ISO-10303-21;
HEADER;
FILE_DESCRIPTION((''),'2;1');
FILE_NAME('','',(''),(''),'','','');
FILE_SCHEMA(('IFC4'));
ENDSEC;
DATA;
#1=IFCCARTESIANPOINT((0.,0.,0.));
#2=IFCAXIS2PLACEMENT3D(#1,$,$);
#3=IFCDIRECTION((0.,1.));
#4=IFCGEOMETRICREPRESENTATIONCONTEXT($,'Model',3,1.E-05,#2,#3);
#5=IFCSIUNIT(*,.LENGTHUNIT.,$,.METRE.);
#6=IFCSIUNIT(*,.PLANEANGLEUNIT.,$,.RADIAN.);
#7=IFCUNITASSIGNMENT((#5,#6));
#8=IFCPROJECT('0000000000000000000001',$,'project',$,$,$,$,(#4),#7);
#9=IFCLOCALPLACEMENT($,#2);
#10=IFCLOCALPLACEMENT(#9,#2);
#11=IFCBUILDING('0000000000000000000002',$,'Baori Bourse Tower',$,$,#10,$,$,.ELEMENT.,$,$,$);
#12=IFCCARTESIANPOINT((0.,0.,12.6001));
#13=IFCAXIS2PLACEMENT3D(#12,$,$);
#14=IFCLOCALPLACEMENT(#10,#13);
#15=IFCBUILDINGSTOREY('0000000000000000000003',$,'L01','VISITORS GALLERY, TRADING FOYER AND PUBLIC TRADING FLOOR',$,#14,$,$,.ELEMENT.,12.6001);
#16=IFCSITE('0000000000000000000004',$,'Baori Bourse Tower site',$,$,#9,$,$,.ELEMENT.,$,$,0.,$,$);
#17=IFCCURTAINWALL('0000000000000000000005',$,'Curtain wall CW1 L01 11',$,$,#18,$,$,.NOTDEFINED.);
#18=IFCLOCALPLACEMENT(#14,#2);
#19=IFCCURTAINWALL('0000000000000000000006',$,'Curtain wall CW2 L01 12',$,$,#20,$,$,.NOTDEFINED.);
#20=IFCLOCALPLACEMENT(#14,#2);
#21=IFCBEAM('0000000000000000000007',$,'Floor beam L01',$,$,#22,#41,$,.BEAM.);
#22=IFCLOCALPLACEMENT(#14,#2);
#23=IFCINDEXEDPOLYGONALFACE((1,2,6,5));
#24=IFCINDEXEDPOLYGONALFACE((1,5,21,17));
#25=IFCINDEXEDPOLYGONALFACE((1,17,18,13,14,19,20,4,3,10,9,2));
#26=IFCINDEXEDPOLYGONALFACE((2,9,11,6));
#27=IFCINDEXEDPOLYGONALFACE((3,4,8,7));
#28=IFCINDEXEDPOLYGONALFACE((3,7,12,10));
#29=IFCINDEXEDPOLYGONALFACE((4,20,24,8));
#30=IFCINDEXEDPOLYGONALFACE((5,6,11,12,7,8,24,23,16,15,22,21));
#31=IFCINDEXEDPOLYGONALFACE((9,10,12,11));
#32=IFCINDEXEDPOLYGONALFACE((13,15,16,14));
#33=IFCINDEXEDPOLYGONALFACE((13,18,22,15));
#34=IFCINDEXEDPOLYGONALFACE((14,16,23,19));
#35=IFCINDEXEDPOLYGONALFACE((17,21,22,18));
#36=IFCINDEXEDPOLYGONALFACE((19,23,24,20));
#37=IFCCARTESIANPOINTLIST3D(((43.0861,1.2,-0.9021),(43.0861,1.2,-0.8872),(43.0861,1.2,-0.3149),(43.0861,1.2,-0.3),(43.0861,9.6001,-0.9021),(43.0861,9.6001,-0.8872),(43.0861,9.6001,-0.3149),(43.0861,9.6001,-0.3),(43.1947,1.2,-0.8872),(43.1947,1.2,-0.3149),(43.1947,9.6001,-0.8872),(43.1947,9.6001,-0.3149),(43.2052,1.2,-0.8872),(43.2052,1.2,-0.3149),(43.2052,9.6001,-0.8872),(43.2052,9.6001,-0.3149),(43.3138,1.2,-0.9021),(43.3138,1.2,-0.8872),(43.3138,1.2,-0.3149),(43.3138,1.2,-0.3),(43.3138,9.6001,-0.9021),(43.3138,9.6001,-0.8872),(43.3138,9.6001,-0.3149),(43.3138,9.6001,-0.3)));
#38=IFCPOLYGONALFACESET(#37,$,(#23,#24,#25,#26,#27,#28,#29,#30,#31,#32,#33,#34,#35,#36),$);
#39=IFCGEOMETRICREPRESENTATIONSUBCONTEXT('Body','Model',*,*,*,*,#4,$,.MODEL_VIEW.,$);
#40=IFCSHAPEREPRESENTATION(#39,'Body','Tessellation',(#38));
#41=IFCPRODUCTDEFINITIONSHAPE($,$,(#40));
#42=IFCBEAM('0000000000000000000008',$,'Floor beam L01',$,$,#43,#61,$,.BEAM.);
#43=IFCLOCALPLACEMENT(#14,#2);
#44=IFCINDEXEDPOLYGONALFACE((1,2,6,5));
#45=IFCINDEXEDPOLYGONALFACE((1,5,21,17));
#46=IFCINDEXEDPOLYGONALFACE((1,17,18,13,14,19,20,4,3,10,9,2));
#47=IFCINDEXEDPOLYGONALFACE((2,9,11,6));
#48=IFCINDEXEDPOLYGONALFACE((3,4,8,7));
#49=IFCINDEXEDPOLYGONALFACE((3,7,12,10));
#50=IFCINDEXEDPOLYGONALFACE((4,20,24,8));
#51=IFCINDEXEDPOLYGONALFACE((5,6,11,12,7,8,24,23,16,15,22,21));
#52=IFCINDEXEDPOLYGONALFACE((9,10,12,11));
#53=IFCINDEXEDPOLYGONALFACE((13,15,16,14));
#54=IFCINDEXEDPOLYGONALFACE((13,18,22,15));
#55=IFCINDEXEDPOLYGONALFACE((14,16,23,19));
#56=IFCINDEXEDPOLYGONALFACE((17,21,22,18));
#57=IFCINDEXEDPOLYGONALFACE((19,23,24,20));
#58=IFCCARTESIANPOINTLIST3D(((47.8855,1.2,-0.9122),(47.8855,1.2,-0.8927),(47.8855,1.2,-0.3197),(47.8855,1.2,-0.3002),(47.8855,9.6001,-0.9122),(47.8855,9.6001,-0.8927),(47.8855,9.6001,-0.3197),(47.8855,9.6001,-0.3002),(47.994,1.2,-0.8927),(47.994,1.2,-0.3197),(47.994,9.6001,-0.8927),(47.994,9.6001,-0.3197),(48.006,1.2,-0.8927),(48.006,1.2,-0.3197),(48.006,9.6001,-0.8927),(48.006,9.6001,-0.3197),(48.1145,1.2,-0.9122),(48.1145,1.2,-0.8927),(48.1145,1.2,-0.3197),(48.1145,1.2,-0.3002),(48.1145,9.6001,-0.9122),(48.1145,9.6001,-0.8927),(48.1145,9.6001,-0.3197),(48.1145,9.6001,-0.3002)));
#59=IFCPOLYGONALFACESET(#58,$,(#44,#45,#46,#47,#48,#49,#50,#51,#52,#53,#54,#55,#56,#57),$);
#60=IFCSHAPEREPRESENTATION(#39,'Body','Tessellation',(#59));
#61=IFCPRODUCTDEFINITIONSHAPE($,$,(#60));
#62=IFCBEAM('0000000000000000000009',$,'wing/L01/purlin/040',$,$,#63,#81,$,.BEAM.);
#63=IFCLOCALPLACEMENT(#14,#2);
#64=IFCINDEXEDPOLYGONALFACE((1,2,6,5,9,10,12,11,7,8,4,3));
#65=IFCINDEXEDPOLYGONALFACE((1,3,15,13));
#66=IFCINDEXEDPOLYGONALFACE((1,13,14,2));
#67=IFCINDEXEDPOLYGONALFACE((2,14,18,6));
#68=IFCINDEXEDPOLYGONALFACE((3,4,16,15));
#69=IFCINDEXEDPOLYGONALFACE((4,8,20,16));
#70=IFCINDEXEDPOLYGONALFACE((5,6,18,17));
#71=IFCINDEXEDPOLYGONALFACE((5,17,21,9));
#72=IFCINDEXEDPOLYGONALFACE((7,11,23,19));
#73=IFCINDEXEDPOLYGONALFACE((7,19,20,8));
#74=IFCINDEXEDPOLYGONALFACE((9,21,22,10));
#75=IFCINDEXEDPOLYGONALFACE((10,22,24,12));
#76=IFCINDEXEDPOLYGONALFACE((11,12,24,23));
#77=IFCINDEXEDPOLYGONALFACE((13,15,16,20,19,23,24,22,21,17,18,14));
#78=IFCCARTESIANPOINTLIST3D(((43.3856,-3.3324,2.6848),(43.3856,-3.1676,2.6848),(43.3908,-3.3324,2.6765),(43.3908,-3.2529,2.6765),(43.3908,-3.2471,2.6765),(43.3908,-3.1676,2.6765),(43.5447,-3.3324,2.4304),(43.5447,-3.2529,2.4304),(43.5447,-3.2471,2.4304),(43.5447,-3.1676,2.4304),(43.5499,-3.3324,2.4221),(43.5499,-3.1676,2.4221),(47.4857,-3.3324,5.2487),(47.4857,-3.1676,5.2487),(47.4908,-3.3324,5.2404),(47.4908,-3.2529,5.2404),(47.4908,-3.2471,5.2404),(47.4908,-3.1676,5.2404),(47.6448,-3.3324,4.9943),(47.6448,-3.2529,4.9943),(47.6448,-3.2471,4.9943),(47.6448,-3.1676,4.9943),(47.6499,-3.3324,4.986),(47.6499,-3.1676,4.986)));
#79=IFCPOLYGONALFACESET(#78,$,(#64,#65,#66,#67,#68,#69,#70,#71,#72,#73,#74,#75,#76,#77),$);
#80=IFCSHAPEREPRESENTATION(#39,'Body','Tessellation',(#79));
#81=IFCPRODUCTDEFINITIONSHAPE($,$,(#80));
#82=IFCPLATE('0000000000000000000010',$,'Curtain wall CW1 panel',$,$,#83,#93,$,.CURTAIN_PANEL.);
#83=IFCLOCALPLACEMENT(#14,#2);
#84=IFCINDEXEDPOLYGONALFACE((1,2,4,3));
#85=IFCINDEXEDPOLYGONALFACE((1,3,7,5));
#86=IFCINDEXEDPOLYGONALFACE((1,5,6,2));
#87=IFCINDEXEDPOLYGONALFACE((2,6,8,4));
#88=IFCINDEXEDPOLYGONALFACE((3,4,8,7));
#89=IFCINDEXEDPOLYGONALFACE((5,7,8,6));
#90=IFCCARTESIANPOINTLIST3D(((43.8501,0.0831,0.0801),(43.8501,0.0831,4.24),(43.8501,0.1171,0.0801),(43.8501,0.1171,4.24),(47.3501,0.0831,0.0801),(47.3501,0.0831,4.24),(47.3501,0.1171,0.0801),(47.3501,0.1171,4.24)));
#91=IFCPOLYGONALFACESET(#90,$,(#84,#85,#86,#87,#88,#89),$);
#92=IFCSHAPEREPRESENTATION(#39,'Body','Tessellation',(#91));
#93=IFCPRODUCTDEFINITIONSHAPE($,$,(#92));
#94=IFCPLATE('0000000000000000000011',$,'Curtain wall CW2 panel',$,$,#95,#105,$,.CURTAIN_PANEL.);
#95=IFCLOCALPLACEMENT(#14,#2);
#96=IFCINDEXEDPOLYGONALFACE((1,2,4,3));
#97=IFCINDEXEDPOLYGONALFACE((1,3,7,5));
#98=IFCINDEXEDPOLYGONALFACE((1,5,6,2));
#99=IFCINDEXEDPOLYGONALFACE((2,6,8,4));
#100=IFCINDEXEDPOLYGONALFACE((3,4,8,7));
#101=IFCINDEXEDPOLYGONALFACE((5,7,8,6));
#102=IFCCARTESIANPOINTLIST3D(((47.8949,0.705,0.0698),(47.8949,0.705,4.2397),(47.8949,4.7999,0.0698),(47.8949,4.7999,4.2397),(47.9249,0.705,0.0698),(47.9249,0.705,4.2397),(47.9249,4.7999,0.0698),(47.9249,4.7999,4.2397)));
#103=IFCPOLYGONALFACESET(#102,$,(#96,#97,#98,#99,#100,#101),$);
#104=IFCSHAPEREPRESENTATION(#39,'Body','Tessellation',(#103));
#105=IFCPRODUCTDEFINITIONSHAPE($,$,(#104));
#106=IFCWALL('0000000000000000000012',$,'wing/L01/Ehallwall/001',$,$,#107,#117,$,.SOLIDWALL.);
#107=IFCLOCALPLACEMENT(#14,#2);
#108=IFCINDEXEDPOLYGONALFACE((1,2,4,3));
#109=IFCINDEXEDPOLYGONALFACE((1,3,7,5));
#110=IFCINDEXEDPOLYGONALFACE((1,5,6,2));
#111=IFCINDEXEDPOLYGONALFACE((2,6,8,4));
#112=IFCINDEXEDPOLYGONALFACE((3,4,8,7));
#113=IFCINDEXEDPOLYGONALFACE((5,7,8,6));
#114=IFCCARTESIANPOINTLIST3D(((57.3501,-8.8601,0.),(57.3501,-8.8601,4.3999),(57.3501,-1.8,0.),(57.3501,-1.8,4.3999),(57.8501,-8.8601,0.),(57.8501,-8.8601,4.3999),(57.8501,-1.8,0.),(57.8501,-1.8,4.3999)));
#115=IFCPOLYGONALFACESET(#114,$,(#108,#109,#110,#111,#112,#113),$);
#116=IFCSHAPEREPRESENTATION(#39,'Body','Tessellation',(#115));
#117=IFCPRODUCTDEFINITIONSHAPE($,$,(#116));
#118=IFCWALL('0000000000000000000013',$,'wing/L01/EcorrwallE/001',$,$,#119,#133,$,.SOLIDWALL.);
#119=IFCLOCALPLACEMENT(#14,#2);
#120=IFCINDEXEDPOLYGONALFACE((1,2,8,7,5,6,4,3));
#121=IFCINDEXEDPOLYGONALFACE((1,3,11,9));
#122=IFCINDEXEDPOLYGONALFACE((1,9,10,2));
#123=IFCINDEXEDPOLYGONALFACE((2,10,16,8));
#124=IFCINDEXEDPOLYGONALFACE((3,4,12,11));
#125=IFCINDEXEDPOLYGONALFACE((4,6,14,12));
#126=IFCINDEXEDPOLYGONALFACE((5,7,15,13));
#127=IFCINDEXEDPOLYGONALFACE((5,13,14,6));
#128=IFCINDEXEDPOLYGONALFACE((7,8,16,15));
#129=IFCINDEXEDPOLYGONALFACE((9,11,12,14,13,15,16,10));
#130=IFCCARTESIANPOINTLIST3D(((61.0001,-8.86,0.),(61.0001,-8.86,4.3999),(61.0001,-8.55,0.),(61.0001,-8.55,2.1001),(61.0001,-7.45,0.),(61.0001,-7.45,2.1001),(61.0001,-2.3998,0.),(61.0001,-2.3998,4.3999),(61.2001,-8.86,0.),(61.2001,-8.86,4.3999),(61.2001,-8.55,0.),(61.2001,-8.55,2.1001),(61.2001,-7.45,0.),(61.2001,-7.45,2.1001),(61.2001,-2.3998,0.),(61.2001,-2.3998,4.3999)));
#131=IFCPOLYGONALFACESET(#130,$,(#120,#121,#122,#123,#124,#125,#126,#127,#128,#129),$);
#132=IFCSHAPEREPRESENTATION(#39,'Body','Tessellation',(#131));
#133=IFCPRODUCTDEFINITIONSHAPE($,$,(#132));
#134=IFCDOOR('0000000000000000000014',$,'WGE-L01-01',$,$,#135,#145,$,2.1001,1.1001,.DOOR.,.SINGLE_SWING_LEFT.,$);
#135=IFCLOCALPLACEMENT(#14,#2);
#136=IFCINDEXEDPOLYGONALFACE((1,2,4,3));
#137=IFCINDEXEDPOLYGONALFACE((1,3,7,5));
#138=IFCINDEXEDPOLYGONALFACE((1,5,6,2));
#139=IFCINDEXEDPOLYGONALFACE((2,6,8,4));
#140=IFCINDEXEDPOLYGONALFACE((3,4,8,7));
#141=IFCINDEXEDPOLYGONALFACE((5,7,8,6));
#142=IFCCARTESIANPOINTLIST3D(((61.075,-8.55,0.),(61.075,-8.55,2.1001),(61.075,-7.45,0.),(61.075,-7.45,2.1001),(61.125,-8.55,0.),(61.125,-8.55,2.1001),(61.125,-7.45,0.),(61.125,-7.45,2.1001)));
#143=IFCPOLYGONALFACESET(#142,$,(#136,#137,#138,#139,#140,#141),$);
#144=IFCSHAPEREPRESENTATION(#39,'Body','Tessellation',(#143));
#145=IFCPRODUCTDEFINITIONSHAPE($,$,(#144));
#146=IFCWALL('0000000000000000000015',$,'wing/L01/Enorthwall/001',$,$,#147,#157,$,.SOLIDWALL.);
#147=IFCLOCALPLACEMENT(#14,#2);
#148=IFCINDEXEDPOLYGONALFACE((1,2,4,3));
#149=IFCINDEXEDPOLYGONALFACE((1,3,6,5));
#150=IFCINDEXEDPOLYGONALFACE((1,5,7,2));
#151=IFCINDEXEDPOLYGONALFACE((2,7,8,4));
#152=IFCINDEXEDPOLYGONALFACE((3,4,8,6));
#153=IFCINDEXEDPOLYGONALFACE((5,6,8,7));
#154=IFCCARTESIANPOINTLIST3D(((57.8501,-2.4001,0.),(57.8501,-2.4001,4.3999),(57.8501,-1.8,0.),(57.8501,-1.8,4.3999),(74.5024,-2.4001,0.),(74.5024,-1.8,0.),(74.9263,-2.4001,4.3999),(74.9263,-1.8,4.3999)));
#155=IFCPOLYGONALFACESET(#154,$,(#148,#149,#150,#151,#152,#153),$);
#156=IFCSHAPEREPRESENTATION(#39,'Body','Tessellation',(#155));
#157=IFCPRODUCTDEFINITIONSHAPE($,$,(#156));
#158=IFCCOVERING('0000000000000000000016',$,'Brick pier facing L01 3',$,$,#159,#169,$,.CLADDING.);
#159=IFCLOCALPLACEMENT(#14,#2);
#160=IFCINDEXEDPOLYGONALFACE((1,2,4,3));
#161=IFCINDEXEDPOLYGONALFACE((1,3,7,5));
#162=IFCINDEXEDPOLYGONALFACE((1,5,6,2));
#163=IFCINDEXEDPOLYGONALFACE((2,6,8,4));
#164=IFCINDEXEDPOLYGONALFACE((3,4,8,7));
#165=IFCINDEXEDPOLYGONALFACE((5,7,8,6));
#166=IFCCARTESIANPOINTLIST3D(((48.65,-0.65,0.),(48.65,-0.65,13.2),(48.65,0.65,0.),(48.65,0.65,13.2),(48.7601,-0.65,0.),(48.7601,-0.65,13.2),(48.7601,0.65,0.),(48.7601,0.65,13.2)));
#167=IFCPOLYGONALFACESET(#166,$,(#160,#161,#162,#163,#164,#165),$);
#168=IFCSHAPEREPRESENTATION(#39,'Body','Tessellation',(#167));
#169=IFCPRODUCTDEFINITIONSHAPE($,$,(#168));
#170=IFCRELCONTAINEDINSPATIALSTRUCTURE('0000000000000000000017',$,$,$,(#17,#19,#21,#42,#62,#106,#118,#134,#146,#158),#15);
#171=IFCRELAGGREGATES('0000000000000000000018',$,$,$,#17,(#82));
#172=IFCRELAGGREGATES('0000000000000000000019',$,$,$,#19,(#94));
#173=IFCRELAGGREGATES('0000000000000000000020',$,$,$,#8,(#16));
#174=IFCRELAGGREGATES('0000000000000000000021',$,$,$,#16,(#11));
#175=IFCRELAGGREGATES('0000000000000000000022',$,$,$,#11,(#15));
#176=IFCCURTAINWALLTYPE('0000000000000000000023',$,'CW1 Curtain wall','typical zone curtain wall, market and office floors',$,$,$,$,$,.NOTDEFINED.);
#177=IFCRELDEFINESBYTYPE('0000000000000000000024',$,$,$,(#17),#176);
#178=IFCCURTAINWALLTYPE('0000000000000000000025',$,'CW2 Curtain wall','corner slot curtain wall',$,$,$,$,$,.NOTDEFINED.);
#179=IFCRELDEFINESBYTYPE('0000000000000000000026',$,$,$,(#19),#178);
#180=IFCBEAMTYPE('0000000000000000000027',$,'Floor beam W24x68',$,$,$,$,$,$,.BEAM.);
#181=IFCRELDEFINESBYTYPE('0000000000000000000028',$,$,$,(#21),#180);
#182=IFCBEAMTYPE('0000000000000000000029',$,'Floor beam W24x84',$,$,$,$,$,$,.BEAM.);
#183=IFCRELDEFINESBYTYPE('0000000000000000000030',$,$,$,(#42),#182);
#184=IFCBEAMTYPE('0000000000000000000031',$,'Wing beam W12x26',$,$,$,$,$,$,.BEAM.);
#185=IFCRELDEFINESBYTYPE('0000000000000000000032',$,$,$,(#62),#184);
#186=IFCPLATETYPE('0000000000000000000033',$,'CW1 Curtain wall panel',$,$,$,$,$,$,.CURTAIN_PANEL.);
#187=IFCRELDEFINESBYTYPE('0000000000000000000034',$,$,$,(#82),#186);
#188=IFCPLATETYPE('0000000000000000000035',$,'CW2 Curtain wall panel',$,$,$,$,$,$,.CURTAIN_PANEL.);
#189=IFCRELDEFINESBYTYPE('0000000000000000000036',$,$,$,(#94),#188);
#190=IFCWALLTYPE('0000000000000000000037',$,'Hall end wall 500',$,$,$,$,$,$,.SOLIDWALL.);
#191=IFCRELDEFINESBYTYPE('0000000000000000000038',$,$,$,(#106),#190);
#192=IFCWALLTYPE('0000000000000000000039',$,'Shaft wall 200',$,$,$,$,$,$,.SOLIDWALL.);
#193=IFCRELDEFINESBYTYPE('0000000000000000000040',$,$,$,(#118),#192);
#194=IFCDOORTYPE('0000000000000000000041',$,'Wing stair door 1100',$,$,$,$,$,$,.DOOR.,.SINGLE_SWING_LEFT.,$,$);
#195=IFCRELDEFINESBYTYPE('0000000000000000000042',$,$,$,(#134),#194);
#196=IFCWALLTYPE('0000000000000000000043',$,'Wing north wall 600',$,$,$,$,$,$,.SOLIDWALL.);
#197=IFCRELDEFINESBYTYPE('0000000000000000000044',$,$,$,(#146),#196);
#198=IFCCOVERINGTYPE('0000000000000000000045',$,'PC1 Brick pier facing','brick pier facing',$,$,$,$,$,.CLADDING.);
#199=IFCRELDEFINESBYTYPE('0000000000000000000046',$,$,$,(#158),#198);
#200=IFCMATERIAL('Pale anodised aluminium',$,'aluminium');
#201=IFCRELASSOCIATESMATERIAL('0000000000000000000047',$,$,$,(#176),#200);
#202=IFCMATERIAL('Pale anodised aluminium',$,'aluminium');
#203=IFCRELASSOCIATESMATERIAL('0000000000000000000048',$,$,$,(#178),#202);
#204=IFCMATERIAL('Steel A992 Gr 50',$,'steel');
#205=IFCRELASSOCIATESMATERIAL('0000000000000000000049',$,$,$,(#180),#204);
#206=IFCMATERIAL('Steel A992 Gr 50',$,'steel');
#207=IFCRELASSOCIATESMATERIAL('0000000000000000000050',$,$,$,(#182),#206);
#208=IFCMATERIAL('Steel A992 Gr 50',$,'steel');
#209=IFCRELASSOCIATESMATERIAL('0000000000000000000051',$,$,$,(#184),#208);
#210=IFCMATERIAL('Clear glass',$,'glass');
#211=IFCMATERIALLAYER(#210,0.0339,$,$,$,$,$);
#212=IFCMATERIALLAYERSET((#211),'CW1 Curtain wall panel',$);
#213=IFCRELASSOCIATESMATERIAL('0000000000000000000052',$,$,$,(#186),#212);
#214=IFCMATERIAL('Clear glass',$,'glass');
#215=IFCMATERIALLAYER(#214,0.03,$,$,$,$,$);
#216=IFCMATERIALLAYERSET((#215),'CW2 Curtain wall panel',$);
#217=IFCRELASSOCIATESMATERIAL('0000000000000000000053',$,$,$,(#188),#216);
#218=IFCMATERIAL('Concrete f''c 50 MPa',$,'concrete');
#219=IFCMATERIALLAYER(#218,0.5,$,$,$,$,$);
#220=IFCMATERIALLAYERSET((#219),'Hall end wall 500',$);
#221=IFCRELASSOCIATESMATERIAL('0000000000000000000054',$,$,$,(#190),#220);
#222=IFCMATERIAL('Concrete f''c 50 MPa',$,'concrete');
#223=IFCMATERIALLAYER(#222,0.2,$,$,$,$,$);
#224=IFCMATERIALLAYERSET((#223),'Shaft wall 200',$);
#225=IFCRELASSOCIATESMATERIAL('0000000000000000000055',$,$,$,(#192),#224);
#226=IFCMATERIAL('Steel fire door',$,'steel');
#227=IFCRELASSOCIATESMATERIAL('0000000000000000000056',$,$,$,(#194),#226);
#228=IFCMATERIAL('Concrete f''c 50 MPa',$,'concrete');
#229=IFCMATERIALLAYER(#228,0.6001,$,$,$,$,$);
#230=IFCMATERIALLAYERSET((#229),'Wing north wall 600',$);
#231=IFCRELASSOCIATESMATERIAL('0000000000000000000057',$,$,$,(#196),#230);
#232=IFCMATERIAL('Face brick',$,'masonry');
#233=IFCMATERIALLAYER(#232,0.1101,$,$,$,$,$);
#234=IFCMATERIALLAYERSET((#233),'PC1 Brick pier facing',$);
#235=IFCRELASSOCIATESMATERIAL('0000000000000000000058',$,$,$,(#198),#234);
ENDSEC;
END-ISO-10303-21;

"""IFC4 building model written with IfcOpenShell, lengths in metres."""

from ifc_helpers import new_model, si_unit, direction, frame, frame_2d, origin, origin_2d, place, context, subcontext, project, spatial, polyline, rectangle, i_section, outline, extrude, material, layer, layer_set, material_profile, profile_set, type_object, element, fill, aggregate, save


model = new_model("IFC4")

# Units and contexts
model_context = context("Model", 3, precision=1e-05, world=origin(), true_north=direction((0.0, 1.0)))
body_context = subcontext(model_context, "Body", "Model", "MODEL_VIEW")
ifc_project = project(units=[si_unit("LENGTHUNIT", "METRE"), si_unit("PLANEANGLEUNIT", "RADIAN")], contexts=[model_context])

# Site, building, storey
site_placement = place(None, origin())
site = spatial("IfcSite", under=ifc_project, at=site_placement, Name="Baori Bourse Tower site", CompositionType="ELEMENT", RefElevation=0.0)
building_placement = place(site_placement, origin())
building = spatial("IfcBuilding", under=site, at=building_placement, Name="Baori Bourse Tower", CompositionType="ELEMENT")
storey_placement = place(building_placement, frame((0.0, 0.0, 12.6001)))
storey = spatial("IfcBuildingStorey", under=building, at=storey_placement, Name="L01", Description="VISITORS GALLERY, TRADING FOYER AND PUBLIC TRADING FLOOR", CompositionType="ELEMENT", Elevation=12.6001)

# Curtain walls
ifc_material_1 = material(Name="Pale anodised aluminium", Category="aluminium")
curtain_wall_type_1 = type_object("IfcCurtainWallType", Name="CW1 Curtain wall", Description="typical zone curtain wall, market and office floors", PredefinedType="NOTDEFINED", material=ifc_material_1)
curtain_wall_1_placement = place(storey_placement, origin())
curtain_wall_1 = element("IfcCurtainWall", 1, at=curtain_wall_1_placement, inside=storey, type_object=curtain_wall_type_1, Name="Curtain wall CW1 L01 11", PredefinedType="NOTDEFINED")
ifc_material_2 = material(Name="Pale anodised aluminium", Category="aluminium")
curtain_wall_type_2 = type_object("IfcCurtainWallType", Name="CW2 Curtain wall", Description="corner slot curtain wall", PredefinedType="NOTDEFINED", material=ifc_material_2)
curtain_wall_2_placement = place(storey_placement, origin())
curtain_wall_2 = element("IfcCurtainWall", 2, at=curtain_wall_2_placement, inside=storey, type_object=curtain_wall_type_2, Name="Curtain wall CW2 L01 12", PredefinedType="NOTDEFINED")

# Beams
ifc_material_3 = material(Name="Steel A992 Gr 50", Category="steel")
ifc_material_profile_1 = material_profile(ifc_material_3, i_section(OverallWidth=0.2278, OverallDepth=0.6021, WebThickness=0.0105, FlangeThickness=0.0149, at=origin_2d()), Name="W24x68")
ifc_profile_set_1 = profile_set([ifc_material_profile_1], Name="Steel A992 Gr 50")
beam_type_1 = type_object("IfcBeamType", Name="Floor beam W24x68", PredefinedType="BEAM", material=ifc_profile_set_1)
beam_1_placement = place(storey_placement, frame((43.2, 1.2, -0.6011), z_axis=(0.0, 1.0, 0.0), x_axis=(-1.0, 0.0, 0.0)))
element("IfcBeam", 3, at=beam_1_placement, inside=storey, type_object=beam_type_1, Name="Floor beam L01", PredefinedType="BEAM", context=body_context, shape_type="SweptSolid", body=[
    extrude(i_section(OverallWidth=0.2278, OverallDepth=0.6021, WebThickness=0.0105, FlangeThickness=0.0149, at=origin_2d()), origin(), (0.0, 0.0, 1.0), 8.4001),
])
ifc_material_4 = material(Name="Steel A992 Gr 50", Category="steel")
ifc_material_profile_2 = material_profile(ifc_material_4, i_section(OverallWidth=0.229, OverallDepth=0.6121, WebThickness=0.012, FlangeThickness=0.0195, at=origin_2d()), Name="W24x84")
ifc_profile_set_2 = profile_set([ifc_material_profile_2], Name="Steel A992 Gr 50")
beam_type_2 = type_object("IfcBeamType", Name="Floor beam W24x84", PredefinedType="BEAM", material=ifc_profile_set_2)
beam_2_placement = place(storey_placement, frame((48.0, 1.2, -0.6062), z_axis=(0.0, 1.0, 0.0), x_axis=(-1.0, 0.0, 0.0)))
element("IfcBeam", 4, at=beam_2_placement, inside=storey, type_object=beam_type_2, Name="Floor beam L01", PredefinedType="BEAM", context=body_context, shape_type="SweptSolid", body=[
    extrude(i_section(OverallWidth=0.229, OverallDepth=0.6121, WebThickness=0.012, FlangeThickness=0.0195, at=origin_2d()), origin(), (0.0, 0.0, 1.0), 8.4001),
])
ifc_material_5 = material(Name="Steel A992 Gr 50", Category="steel")
ifc_material_profile_3 = material_profile(ifc_material_5, i_section(OverallWidth=0.1648, OverallDepth=0.3098, WebThickness=0.0059, FlangeThickness=0.0098, at=origin_2d()), Name="W12x26")
ifc_profile_set_3 = profile_set([ifc_material_profile_3], Name="Steel A992 Gr 50")
beam_type_3 = type_object("IfcBeamType", Name="Wing beam W12x26", PredefinedType="BEAM", material=ifc_profile_set_3)
beam_3_placement = place(storey_placement, frame((43.4678, -3.25, 2.5535), z_axis=(0.847868, 0.0, 0.530208), x_axis=(0.0, 1.0, 0.0)))
element("IfcBeam", 5, at=beam_3_placement, inside=storey, type_object=beam_type_3, Name="wing/L01/purlin/040", PredefinedType="BEAM", context=body_context, shape_type="SweptSolid", body=[
    extrude(i_section(OverallWidth=0.1648, OverallDepth=0.3098, WebThickness=0.0059, FlangeThickness=0.0098, at=origin_2d()), origin(), (0.0, 0.0, 1.0), 4.8357),
])

# Plates
ifc_material_6 = material(Name="Clear glass", Category="glass")
ifc_layer_1 = layer(ifc_material_6, 0.0339)
ifc_layer_set_1 = layer_set([ifc_layer_1], Name="CW1 Curtain wall panel")
plate_type_1 = type_object("IfcPlateType", Name="CW1 Curtain wall panel", PredefinedType="CURTAIN_PANEL", material=ifc_layer_set_1)
plate_1_placement = place(storey_placement, frame((45.6001, 0.1001, 0.0801), z_axis=(0.0, 0.0, 1.0), x_axis=(1.0, 0.0, 0.0)))
plate_1 = element("IfcPlate", 6, at=plate_1_placement, type_object=plate_type_1, Name="Curtain wall CW1 panel", PredefinedType="CURTAIN_PANEL", context=body_context, shape_type="SweptSolid", body=[
    extrude(rectangle(XDim=3.5, YDim=0.0339, at=origin_2d()), origin(), (0.0, 0.0, 1.0), 4.1599),
])
aggregate(curtain_wall_1, [plate_1])
ifc_material_7 = material(Name="Clear glass", Category="glass")
ifc_layer_2 = layer(ifc_material_7, 0.03)
ifc_layer_set_2 = layer_set([ifc_layer_2], Name="CW2 Curtain wall panel")
plate_type_2 = type_object("IfcPlateType", Name="CW2 Curtain wall panel", PredefinedType="CURTAIN_PANEL", material=ifc_layer_set_2)
plate_2_placement = place(storey_placement, frame((47.9099, 2.7524, 0.0698), z_axis=(0.0, 0.0, 1.0), x_axis=(0.0, 1.0, 0.0)))
plate_2 = element("IfcPlate", 7, at=plate_2_placement, type_object=plate_type_2, Name="Curtain wall CW2 panel", PredefinedType="CURTAIN_PANEL", context=body_context, shape_type="SweptSolid", body=[
    extrude(rectangle(XDim=4.095, YDim=0.03, at=origin_2d()), origin(), (0.0, 0.0, 1.0), 4.1699),
])
aggregate(curtain_wall_2, [plate_2])

# Wall
ifc_material_8 = material(Name="Concrete f'c 50 MPa", Category="concrete")
ifc_layer_3 = layer(ifc_material_8, 0.5)
ifc_layer_set_3 = layer_set([ifc_layer_3], Name="Hall end wall 500")
wall_type_1 = type_object("IfcWallType", Name="Hall end wall 500", PredefinedType="SOLIDWALL", material=ifc_layer_set_3)
wall_1_placement = place(storey_placement, frame((57.6001, -1.8, 0.0), z_axis=(0.0, 0.0, 1.0), x_axis=(0.0, -1.0, 0.0)))
element("IfcWall", 8, at=wall_1_placement, inside=storey, type_object=wall_type_1, Name="wing/L01/Ehallwall/001", PredefinedType="SOLIDWALL", context=body_context, shape_type="SweptSolid", body=[
    extrude(rectangle(XDim=7.0601, YDim=0.5, at=frame_2d((3.53, 0.0))), origin(), (0.0, 0.0, 1.0), 4.3999),
])

# Wall, opening, door
ifc_material_9 = material(Name="Concrete f'c 50 MPa", Category="concrete")
ifc_layer_4 = layer(ifc_material_9, 0.2)
ifc_layer_set_4 = layer_set([ifc_layer_4], Name="Shaft wall 200")
wall_type_2 = type_object("IfcWallType", Name="Shaft wall 200", PredefinedType="SOLIDWALL", material=ifc_layer_set_4)
wall_2_placement = place(storey_placement, frame((61.1001, -2.3999, 0.0), z_axis=(0.0, 0.0, 1.0), x_axis=(0.0, -1.0, 0.0)))
wall_2 = element("IfcWall", 9, at=wall_2_placement, inside=storey, type_object=wall_type_2, Name="wing/L01/EcorrwallE/001", PredefinedType="SOLIDWALL", context=body_context, shape_type="SweptSolid", body=[
    extrude(rectangle(XDim=6.4602, YDim=0.2, at=frame_2d((3.23, 0.0))), origin(), (0.0, 0.0, 1.0), 4.3999),
])
opening_placement = place(wall_2_placement, frame((5.05, 0.0, 0.0)))
opening = element("IfcOpeningElement", 10, at=opening_placement, cuts=wall_2, PredefinedType="OPENING", context=body_context, shape_type="SweptSolid", body=[
    extrude(rectangle(XDim=1.1001, YDim=2.1001, at=frame_2d((0.55, 1.05))), frame((0.0, 0.1099, 0.0), z_axis=(0.0, -1.0, 0.0), x_axis=(1.0, 0.0, 0.0)), (0.0, 0.0, 1.0), 0.22),
])
ifc_material_10 = material(Name="Steel fire door", Category="steel")
door_type = type_object("IfcDoorType", Name="Wing stair door 1100", OperationType="SINGLE_SWING_LEFT", PredefinedType="DOOR", material=ifc_material_10)
door_placement = place(opening_placement, origin())
door = element("IfcDoor", 11, at=door_placement, inside=storey, type_object=door_type, Name="WGE-L01-01", OperationType="SINGLE_SWING_LEFT", OverallHeight=2.1001, OverallWidth=1.1001, PredefinedType="DOOR", context=body_context, shape_type="SweptSolid", body=[
    extrude(rectangle(XDim=1.1001, YDim=2.1001, at=frame_2d((0.55, 1.05))), frame((0.0, 0.0249, 0.0), z_axis=(0.0, -1.0, 0.0), x_axis=(1.0, 0.0, 0.0)), (0.0, 0.0, 1.0), 0.05),
])
fill(opening, door)

# Wall
ifc_material_11 = material(Name="Concrete f'c 50 MPa", Category="concrete")
ifc_layer_5 = layer(ifc_material_11, 0.6001)
ifc_layer_set_5 = layer_set([ifc_layer_5], Name="Wing north wall 600")
wall_type_3 = type_object("IfcWallType", Name="Wing north wall 600", PredefinedType="SOLIDWALL", material=ifc_layer_set_5)
wall_3_placement = place(storey_placement, frame((57.8501, -2.1001, 0.0), z_axis=(0.0, 0.0, 1.0), x_axis=(1.0, 0.0, 0.0)))
element("IfcWall", 12, at=wall_3_placement, inside=storey, type_object=wall_type_3, Name="wing/L01/Enorthwall/001", PredefinedType="SOLIDWALL", context=body_context, shape_type="SweptSolid", body=[
    extrude(outline(polyline([(0.0, 0.0), (16.6523, 0.0), (17.0762, 4.3999), (0.0, 4.3999), (0.0, 0.0)])), frame((0.0, 0.3, 0.0), z_axis=(0.0, -1.0, 0.0), x_axis=(1.0, 0.0, 0.0)), (0.0, 0.0, 1.0), 0.6001),
])

# Covering
ifc_material_12 = material(Name="Face brick", Category="masonry")
ifc_layer_6 = layer(ifc_material_12, 0.1101)
ifc_layer_set_6 = layer_set([ifc_layer_6], Name="PC1 Brick pier facing")
covering_type = type_object("IfcCoveringType", Name="PC1 Brick pier facing", Description="brick pier facing", PredefinedType="CLADDING", material=ifc_layer_set_6)
covering_placement = place(storey_placement, frame((48.7051, 0.0, 0.0), z_axis=(0.0, 0.0, 1.0), x_axis=(1.0, 0.0, 0.0)))
element("IfcCovering", 13, at=covering_placement, inside=storey, type_object=covering_type, Name="Brick pier facing L01 3", PredefinedType="CLADDING", context=body_context, shape_type="SweptSolid", body=[
    extrude(rectangle(XDim=0.1101, YDim=1.3, at=origin_2d()), origin(), (0.0, 0.0, 1.0), 13.2),
])

save(model, "model.ifc")
